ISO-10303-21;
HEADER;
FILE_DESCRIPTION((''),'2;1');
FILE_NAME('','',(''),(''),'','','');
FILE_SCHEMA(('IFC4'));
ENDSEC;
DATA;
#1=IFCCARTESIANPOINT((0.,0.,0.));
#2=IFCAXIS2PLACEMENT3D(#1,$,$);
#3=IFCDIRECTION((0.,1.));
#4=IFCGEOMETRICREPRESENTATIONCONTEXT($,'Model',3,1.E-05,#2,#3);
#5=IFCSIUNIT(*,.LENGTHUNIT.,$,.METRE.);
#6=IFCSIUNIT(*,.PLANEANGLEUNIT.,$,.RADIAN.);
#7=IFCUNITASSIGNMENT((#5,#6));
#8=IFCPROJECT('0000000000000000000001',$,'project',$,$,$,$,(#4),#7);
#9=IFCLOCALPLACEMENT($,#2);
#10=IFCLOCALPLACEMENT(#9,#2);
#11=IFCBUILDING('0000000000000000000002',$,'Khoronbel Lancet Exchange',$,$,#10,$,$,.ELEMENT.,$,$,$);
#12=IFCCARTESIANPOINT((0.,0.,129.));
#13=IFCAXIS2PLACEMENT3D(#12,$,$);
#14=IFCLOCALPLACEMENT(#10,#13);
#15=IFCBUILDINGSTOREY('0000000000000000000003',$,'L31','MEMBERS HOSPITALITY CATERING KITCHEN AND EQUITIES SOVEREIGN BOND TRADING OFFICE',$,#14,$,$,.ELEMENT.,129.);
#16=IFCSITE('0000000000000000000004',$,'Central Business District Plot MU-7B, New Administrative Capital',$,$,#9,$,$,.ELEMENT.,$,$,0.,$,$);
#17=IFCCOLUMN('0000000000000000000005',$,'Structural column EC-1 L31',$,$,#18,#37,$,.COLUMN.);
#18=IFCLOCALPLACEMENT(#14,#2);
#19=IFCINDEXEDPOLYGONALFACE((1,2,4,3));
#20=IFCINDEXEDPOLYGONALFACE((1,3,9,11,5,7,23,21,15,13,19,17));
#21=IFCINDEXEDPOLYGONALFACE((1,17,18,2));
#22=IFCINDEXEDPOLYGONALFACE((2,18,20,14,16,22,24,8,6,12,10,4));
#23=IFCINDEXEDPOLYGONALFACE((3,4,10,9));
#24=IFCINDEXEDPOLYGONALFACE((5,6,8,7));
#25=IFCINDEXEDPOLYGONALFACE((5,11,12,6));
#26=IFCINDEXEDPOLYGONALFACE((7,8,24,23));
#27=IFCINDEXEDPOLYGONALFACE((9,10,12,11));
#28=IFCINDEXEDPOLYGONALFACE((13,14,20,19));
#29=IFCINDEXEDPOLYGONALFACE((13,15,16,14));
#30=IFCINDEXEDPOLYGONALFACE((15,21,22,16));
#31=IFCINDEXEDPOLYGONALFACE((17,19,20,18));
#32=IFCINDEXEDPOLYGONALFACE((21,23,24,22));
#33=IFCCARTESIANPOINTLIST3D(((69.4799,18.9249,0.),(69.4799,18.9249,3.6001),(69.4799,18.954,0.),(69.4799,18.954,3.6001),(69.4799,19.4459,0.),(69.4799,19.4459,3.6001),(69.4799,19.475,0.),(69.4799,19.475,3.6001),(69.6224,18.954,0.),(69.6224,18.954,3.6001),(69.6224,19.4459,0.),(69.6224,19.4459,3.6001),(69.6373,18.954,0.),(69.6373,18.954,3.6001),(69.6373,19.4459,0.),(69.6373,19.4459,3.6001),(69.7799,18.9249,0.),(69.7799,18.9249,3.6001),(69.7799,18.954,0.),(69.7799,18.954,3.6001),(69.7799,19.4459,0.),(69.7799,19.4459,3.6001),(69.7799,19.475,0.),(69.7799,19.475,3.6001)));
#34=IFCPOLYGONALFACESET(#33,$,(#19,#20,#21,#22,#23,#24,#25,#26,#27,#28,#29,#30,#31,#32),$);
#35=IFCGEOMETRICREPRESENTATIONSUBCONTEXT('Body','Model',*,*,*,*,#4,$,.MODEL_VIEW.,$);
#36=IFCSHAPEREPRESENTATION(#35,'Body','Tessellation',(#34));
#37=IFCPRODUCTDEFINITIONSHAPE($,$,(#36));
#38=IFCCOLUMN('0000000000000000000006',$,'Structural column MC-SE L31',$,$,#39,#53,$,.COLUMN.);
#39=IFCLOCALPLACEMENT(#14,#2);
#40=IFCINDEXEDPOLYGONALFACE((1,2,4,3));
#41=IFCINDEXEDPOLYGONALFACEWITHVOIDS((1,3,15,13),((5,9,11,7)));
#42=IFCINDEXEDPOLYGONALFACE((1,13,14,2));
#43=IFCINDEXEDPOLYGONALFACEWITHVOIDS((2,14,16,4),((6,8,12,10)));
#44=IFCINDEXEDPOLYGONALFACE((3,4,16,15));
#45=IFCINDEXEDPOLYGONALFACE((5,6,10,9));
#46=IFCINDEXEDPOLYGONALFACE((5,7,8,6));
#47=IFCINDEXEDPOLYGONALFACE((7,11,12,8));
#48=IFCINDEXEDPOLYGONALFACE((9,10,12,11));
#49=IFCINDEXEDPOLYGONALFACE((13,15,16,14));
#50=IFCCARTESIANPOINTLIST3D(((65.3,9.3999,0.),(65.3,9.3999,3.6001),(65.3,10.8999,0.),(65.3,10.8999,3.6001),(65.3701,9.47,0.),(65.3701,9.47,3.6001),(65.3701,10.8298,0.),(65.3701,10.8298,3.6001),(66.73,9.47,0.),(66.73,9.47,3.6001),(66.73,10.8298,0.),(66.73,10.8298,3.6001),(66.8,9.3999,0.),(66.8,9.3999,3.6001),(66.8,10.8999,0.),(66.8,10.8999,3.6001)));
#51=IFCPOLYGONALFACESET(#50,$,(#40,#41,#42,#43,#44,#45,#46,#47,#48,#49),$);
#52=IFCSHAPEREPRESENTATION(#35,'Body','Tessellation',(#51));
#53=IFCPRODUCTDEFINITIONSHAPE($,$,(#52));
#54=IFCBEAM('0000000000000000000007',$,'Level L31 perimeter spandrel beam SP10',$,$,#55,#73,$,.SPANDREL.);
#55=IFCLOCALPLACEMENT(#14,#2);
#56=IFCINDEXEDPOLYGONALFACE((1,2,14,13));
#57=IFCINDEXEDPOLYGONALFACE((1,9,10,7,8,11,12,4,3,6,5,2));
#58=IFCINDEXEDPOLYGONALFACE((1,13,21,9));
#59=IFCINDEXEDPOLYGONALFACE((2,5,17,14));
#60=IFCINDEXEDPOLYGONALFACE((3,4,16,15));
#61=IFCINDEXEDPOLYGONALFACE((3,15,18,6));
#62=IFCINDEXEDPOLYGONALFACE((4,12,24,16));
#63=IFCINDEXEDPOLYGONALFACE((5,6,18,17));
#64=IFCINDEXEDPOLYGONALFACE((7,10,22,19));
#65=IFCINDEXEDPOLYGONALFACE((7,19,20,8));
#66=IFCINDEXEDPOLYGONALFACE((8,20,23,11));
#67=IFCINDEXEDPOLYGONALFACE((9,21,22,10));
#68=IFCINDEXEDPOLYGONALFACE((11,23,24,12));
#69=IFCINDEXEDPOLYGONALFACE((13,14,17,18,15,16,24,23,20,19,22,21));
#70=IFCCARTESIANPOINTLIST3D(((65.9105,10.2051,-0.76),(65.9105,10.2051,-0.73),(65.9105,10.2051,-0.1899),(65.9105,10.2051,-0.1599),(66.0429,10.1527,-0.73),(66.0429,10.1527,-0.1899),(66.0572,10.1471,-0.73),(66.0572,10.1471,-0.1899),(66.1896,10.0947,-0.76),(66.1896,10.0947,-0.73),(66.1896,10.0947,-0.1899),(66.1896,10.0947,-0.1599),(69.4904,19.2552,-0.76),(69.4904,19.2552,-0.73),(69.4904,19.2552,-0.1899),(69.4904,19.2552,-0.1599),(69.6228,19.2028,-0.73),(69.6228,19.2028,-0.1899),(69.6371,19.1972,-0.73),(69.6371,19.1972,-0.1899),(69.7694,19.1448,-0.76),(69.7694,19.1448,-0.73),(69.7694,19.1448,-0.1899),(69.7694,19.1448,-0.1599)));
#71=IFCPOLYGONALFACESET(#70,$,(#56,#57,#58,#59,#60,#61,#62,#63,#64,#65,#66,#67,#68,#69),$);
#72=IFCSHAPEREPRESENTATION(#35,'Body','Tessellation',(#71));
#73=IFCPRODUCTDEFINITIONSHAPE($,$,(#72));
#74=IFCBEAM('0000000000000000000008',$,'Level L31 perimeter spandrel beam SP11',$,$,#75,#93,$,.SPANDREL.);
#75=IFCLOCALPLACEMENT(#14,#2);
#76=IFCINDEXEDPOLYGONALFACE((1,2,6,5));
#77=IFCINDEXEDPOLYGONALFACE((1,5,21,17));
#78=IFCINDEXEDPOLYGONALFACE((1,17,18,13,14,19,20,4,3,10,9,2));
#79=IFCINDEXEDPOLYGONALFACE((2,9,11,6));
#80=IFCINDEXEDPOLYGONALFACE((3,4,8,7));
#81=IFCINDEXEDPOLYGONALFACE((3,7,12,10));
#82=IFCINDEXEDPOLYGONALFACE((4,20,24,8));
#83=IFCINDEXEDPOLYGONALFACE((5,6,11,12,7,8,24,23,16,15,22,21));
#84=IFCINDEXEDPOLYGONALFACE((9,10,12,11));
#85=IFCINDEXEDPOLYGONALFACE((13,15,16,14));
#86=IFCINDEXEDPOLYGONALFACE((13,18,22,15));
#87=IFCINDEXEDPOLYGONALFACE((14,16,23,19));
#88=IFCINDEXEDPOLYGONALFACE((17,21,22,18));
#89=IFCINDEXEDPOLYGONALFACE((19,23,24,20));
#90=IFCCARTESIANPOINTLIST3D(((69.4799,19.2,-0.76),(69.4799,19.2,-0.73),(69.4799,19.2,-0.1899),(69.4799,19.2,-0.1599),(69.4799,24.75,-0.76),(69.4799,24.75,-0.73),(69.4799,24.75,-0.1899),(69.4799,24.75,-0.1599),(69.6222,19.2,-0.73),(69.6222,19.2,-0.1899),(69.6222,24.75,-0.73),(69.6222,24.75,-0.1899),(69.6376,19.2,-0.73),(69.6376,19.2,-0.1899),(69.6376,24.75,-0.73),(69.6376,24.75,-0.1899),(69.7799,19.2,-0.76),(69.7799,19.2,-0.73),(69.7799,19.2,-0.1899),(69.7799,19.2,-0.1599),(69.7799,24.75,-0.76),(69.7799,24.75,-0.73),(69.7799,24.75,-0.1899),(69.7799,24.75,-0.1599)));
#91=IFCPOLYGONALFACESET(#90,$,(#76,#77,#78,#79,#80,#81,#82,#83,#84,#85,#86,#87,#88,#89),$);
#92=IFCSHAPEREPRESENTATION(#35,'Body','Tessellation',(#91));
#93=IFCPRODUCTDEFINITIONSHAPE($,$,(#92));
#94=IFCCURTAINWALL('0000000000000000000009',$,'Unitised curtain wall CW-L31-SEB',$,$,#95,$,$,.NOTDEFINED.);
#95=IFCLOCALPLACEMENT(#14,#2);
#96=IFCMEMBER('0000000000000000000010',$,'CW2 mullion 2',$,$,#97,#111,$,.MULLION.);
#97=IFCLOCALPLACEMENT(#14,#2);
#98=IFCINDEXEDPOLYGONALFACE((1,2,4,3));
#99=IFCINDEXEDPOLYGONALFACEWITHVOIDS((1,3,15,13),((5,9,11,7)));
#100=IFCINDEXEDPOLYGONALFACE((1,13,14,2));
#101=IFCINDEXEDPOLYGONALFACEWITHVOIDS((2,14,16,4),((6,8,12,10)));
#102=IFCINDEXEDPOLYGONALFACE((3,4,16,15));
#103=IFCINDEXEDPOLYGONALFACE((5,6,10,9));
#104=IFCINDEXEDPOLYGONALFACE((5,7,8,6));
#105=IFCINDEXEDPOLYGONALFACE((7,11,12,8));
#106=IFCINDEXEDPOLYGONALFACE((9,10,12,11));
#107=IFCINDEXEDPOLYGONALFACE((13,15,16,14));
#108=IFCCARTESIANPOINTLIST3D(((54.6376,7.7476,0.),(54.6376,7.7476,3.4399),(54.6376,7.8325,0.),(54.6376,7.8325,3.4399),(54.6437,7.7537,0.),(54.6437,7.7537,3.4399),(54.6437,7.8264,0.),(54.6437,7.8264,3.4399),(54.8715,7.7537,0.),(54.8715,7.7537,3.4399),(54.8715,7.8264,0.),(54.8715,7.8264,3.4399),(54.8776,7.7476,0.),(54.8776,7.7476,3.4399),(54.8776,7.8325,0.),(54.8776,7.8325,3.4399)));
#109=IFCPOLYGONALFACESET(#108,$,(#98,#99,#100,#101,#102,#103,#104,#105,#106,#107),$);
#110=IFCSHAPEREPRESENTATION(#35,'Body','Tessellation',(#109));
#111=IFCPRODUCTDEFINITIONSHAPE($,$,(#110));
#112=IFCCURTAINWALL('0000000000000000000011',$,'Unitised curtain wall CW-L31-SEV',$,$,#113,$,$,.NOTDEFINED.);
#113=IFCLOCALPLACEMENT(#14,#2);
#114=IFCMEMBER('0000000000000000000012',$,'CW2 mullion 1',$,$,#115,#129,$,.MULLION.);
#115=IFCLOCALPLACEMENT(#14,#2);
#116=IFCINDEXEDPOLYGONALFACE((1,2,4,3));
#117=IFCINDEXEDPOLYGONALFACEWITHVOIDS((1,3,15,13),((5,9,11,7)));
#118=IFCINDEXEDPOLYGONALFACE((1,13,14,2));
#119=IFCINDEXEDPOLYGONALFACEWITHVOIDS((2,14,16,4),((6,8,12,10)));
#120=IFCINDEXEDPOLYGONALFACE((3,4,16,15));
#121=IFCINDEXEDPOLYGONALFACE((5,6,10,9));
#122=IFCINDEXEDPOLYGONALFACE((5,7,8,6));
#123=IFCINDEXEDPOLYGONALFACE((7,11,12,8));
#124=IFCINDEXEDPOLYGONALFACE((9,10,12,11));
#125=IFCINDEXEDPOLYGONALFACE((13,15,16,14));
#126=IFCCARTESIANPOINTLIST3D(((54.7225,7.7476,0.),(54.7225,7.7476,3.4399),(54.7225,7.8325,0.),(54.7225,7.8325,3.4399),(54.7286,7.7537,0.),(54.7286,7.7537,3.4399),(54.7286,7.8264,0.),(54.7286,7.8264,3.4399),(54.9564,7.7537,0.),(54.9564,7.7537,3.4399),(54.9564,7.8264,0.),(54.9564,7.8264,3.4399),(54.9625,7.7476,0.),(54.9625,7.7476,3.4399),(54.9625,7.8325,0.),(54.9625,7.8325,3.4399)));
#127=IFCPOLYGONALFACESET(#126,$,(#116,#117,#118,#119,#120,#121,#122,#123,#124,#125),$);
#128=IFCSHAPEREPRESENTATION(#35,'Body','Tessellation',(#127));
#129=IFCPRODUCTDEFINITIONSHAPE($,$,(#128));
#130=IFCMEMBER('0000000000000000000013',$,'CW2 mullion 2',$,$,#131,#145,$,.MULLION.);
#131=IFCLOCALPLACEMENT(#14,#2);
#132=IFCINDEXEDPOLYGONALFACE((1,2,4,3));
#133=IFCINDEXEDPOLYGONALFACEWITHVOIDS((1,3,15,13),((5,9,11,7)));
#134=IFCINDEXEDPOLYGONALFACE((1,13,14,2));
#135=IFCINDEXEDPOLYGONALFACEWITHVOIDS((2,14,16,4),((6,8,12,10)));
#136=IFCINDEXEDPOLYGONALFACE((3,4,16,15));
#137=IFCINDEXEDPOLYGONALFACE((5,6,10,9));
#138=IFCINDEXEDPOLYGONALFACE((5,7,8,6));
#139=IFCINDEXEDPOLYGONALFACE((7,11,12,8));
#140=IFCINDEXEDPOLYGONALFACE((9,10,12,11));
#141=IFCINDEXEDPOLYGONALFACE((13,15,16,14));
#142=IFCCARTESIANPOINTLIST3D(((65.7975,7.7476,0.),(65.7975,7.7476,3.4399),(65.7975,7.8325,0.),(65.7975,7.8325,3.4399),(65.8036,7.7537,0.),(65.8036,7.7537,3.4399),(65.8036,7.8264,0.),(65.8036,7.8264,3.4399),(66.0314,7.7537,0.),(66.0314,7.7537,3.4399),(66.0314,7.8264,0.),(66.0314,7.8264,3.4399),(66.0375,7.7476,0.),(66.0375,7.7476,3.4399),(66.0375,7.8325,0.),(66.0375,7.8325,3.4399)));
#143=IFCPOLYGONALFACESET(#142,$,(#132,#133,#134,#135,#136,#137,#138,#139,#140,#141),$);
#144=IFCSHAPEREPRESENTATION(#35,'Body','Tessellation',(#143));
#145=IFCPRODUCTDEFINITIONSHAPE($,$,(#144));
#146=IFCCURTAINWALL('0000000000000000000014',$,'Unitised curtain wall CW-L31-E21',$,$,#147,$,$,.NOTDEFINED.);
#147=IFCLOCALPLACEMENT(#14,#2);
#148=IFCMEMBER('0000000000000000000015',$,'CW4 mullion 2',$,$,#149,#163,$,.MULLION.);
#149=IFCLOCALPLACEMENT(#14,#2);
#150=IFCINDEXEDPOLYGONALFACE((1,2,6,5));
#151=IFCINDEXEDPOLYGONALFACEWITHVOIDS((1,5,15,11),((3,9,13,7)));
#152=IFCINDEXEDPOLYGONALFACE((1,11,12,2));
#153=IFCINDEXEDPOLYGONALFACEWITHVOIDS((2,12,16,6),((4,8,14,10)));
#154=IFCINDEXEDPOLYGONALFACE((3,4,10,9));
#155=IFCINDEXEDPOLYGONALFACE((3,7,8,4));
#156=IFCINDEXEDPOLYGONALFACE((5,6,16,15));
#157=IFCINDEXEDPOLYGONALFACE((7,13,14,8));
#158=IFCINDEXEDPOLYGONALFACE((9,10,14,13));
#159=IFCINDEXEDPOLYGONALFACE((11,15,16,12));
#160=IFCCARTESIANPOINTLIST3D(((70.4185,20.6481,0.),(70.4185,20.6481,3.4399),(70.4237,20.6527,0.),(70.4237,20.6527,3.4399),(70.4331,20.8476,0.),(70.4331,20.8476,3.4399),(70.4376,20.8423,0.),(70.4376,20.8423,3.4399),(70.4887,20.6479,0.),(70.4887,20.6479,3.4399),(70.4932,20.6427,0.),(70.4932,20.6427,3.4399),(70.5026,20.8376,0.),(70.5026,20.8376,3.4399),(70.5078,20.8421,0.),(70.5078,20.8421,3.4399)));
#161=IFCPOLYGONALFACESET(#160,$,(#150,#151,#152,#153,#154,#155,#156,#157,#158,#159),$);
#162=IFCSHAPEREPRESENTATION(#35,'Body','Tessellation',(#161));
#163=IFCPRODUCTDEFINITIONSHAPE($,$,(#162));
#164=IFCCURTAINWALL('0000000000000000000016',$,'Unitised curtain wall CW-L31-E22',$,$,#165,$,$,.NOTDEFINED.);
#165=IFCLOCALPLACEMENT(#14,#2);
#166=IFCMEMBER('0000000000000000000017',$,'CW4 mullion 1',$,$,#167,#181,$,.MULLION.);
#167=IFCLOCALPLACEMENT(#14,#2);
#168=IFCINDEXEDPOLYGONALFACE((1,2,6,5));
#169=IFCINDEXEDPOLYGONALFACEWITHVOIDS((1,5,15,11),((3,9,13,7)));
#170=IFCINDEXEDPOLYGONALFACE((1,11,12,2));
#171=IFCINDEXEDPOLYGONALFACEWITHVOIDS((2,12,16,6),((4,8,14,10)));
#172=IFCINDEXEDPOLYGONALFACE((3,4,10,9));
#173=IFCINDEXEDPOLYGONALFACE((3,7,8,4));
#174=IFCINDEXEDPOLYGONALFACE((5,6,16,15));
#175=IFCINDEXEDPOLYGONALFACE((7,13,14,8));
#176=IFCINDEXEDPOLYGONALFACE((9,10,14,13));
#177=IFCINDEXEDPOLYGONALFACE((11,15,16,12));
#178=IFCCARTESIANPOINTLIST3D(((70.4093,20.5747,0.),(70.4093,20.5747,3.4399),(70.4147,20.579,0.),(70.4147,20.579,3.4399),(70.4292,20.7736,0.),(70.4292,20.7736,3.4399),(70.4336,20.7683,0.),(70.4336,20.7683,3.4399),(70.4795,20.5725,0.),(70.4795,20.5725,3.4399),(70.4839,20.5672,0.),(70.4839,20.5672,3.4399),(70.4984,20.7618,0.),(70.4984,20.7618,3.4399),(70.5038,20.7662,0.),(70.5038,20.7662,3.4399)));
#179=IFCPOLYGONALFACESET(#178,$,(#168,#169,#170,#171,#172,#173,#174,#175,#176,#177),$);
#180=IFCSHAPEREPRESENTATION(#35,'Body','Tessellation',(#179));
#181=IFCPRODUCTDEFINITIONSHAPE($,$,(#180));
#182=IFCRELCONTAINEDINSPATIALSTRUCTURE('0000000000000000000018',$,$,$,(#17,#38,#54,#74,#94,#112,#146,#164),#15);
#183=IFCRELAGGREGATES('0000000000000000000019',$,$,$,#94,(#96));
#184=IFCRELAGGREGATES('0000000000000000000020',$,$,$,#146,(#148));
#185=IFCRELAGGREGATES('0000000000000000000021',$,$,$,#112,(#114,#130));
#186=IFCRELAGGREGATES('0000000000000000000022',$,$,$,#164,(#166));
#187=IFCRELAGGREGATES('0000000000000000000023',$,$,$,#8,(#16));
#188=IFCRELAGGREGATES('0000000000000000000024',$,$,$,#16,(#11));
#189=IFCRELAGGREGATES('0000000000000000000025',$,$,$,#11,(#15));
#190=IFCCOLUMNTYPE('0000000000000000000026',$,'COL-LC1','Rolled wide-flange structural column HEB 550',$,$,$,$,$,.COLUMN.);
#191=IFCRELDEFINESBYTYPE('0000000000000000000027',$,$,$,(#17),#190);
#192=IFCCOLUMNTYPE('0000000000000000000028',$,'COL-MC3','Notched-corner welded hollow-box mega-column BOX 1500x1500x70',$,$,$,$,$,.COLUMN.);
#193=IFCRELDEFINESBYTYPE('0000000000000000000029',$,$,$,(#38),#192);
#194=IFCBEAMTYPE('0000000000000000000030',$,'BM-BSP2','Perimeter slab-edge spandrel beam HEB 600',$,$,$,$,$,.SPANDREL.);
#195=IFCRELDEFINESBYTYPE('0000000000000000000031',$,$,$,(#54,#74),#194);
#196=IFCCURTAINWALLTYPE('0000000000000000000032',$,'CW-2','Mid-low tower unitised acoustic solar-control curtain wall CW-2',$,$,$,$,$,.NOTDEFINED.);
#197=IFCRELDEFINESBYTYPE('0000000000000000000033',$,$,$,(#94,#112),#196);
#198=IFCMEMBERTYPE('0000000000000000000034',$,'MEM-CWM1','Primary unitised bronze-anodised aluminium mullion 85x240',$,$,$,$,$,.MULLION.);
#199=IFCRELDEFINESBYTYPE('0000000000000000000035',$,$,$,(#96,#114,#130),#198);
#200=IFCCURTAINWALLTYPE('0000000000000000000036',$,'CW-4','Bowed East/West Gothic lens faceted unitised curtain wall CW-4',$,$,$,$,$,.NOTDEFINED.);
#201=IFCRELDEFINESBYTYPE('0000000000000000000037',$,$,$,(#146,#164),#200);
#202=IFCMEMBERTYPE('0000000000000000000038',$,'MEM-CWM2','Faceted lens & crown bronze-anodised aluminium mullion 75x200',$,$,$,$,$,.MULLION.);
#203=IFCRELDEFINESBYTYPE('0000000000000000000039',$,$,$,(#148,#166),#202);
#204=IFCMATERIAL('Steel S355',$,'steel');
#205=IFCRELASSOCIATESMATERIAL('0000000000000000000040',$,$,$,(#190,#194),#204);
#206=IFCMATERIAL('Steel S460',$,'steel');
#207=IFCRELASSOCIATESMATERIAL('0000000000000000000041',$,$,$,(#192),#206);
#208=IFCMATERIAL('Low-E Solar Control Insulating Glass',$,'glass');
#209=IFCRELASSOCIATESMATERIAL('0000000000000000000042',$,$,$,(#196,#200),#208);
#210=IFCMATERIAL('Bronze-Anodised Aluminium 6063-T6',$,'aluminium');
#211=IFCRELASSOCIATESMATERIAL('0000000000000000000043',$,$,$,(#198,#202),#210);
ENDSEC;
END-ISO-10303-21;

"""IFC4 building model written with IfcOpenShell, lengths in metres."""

from ifc_helpers import new_model, si_unit, direction, frame, origin, origin_2d, place, context, subcontext, project, spatial, hollow_rectangle, i_section, extrude, material, material_profile, profile_set, type_object, element, aggregate, save


model = new_model("IFC4")

# Units and contexts
model_context = context("Model", 3, precision=1e-05, world=origin(), true_north=direction((0.0, 1.0)))
body_context = subcontext(model_context, "Body", "Model", "MODEL_VIEW")
ifc_project = project(units=[si_unit("LENGTHUNIT", "METRE"), si_unit("PLANEANGLEUNIT", "RADIAN")], contexts=[model_context])

# Site, building, storey
site_placement = place(None, origin())
site = spatial("IfcSite", under=ifc_project, at=site_placement, Name="Central Business District Plot MU-7B, New Administrative Capital", CompositionType="ELEMENT", RefElevation=0.0)
building_placement = place(site_placement, origin())
building = spatial("IfcBuilding", under=site, at=building_placement, Name="Khoronbel Lancet Exchange", CompositionType="ELEMENT")
storey_placement = place(building_placement, frame((0.0, 0.0, 129.0)))
storey = spatial("IfcBuildingStorey", under=building, at=storey_placement, Name="L31", Description="MEMBERS HOSPITALITY CATERING KITCHEN AND EQUITIES SOVEREIGN BOND TRADING OFFICE", CompositionType="ELEMENT", Elevation=129.0)

# Columns
ifc_material_1 = material(Name="Steel S355", Category="steel")
ifc_material_profile_1 = material_profile(ifc_material_1, i_section(OverallWidth=0.3, OverallDepth=0.55, WebThickness=0.0149, FlangeThickness=0.0291, at=origin_2d()), Name="HEB 550")
ifc_profile_set_1 = profile_set([ifc_material_profile_1], Name="Steel S355")
column_type_1 = type_object("IfcColumnType", Name="COL-LC1", Description="Rolled wide-flange structural column HEB 550", PredefinedType="COLUMN", material=ifc_profile_set_1)
column_1_placement = place(storey_placement, frame((69.6299, 19.2, 0.0), z_axis=(0.0, 0.0, 1.0), x_axis=(1.0, 0.0, 0.0)))
element("IfcColumn", 1, at=column_1_placement, inside=storey, type_object=column_type_1, Name="Structural column EC-1 L31", PredefinedType="COLUMN", context=body_context, shape_type="SweptSolid", body=[
    extrude(i_section(OverallWidth=0.3, OverallDepth=0.55, WebThickness=0.0149, FlangeThickness=0.0291, at=origin_2d()), origin(), (0.0, 0.0, 1.0), 3.6001),
])
ifc_material_2 = material(Name="Steel S460", Category="steel")
ifc_material_profile_2 = material_profile(ifc_material_2, hollow_rectangle(XDim=1.5, YDim=1.5, WallThickness=0.0701, at=origin_2d()), Name="BOX 1500x1500x70")
ifc_profile_set_2 = profile_set([ifc_material_profile_2], Name="Steel S460")
column_type_2 = type_object("IfcColumnType", Name="COL-MC3", Description="Notched-corner welded hollow-box mega-column BOX 1500x1500x70", PredefinedType="COLUMN", material=ifc_profile_set_2)
column_2_placement = place(storey_placement, frame((66.05, 10.1499, 0.0), z_axis=(0.0, 0.0, 1.0), x_axis=(1.0, 0.0, 0.0)))
element("IfcColumn", 2, at=column_2_placement, inside=storey, type_object=column_type_2, Name="Structural column MC-SE L31", PredefinedType="COLUMN", context=body_context, shape_type="SweptSolid", body=[
    extrude(hollow_rectangle(XDim=1.5, YDim=1.5, WallThickness=0.0701, at=origin_2d()), origin(), (0.0, 0.0, 1.0), 3.6001),
])

# Beams
ifc_material_profile_3 = material_profile(ifc_material_1, i_section(OverallWidth=0.3, OverallDepth=0.6001, WebThickness=0.0154, FlangeThickness=0.03, at=origin_2d()), Name="HEB 600")
ifc_profile_set_3 = profile_set([ifc_material_profile_3], Name="Steel S355")
beam_type = type_object("IfcBeamType", Name="BM-BSP2", Description="Perimeter slab-edge spandrel beam HEB 600", PredefinedType="SPANDREL", material=ifc_profile_set_3)
beam_1_placement = place(storey_placement, frame((66.05, 10.1499, -0.46), z_axis=(0.367828, 0.929894, 0.0), x_axis=(-0.929894, 0.367828, 0.0)))
element("IfcBeam", 3, at=beam_1_placement, inside=storey, type_object=beam_type, Name="Level L31 perimeter spandrel beam SP10", PredefinedType="SPANDREL", context=body_context, shape_type="SweptSolid", body=[
    extrude(i_section(OverallWidth=0.3, OverallDepth=0.6001, WebThickness=0.0154, FlangeThickness=0.03, at=origin_2d()), origin(), (0.0, 0.0, 1.0), 9.7324),
])
beam_2_placement = place(storey_placement, frame((69.6299, 19.2, -0.46), z_axis=(0.0, 1.0, 0.0), x_axis=(-1.0, 0.0, 0.0)))
element("IfcBeam", 4, at=beam_2_placement, inside=storey, type_object=beam_type, Name="Level L31 perimeter spandrel beam SP11", PredefinedType="SPANDREL", context=body_context, shape_type="SweptSolid", body=[
    extrude(i_section(OverallWidth=0.3, OverallDepth=0.6001, WebThickness=0.0154, FlangeThickness=0.03, at=origin_2d()), origin(), (0.0, 0.0, 1.0), 5.55),
])

# Curtain wall, member
ifc_material_3 = material(Name="Low-E Solar Control Insulating Glass", Category="glass")
curtain_wall_type_1 = type_object("IfcCurtainWallType", Name="CW-2", Description="Mid-low tower unitised acoustic solar-control curtain wall CW-2", PredefinedType="NOTDEFINED", material=ifc_material_3)
curtain_wall_1_placement = place(storey_placement, origin())
curtain_wall_1 = element("IfcCurtainWall", 5, at=curtain_wall_1_placement, inside=storey, type_object=curtain_wall_type_1, Name="Unitised curtain wall CW-L31-SEB", PredefinedType="NOTDEFINED")
ifc_material_4 = material(Name="Bronze-Anodised Aluminium 6063-T6", Category="aluminium")
ifc_material_profile_4 = material_profile(ifc_material_4, hollow_rectangle(XDim=0.085, YDim=0.24, WallThickness=0.0061, at=origin_2d()), Name="ALU MULLION 85x240")
ifc_profile_set_4 = profile_set([ifc_material_profile_4], Name="Bronze-Anodised Aluminium 6063-T6")
member_type_1 = type_object("IfcMemberType", Name="MEM-CWM1", Description="Primary unitised bronze-anodised aluminium mullion 85x240", PredefinedType="MULLION", material=ifc_profile_set_4)
member_1_placement = place(storey_placement, frame((54.7576, 7.79, 0.0), z_axis=(0.0, 0.0, 1.0), x_axis=(0.0, 1.0, 0.0)))
member_1 = element("IfcMember", 6, at=member_1_placement, type_object=member_type_1, Name="CW2 mullion 2", PredefinedType="MULLION", context=body_context, shape_type="SweptSolid", body=[
    extrude(hollow_rectangle(XDim=0.085, YDim=0.24, WallThickness=0.0061, at=origin_2d()), origin(), (0.0, 0.0, 1.0), 3.4399),
])
aggregate(curtain_wall_1, [member_1])

# Curtain wall, members
curtain_wall_2_placement = place(storey_placement, origin())
curtain_wall_2 = element("IfcCurtainWall", 7, at=curtain_wall_2_placement, inside=storey, type_object=curtain_wall_type_1, Name="Unitised curtain wall CW-L31-SEV", PredefinedType="NOTDEFINED")
member_2_placement = place(storey_placement, frame((54.8425, 7.79, 0.0), z_axis=(0.0, 0.0, 1.0), x_axis=(0.0, 1.0, 0.0)))
member_2 = element("IfcMember", 8, at=member_2_placement, type_object=member_type_1, Name="CW2 mullion 1", PredefinedType="MULLION", context=body_context, shape_type="SweptSolid", body=[
    extrude(hollow_rectangle(XDim=0.085, YDim=0.24, WallThickness=0.0061, at=origin_2d()), origin(), (0.0, 0.0, 1.0), 3.4399),
])
member_3_placement = place(storey_placement, frame((65.9175, 7.79, 0.0), z_axis=(0.0, 0.0, 1.0), x_axis=(0.0, 1.0, 0.0)))
member_3 = element("IfcMember", 9, at=member_3_placement, type_object=member_type_1, Name="CW2 mullion 2", PredefinedType="MULLION", context=body_context, shape_type="SweptSolid", body=[
    extrude(hollow_rectangle(XDim=0.085, YDim=0.24, WallThickness=0.0061, at=origin_2d()), origin(), (0.0, 0.0, 1.0), 3.4399),
])

# Curtain wall, member
curtain_wall_type_2 = type_object("IfcCurtainWallType", Name="CW-4", Description="Bowed East/West Gothic lens faceted unitised curtain wall CW-4", PredefinedType="NOTDEFINED", material=ifc_material_3)
curtain_wall_3_placement = place(storey_placement, origin())
curtain_wall_3 = element("IfcCurtainWall", 10, at=curtain_wall_3_placement, inside=storey, type_object=curtain_wall_type_2, Name="Unitised curtain wall CW-L31-E21", PredefinedType="NOTDEFINED")
ifc_material_profile_5 = material_profile(ifc_material_4, hollow_rectangle(XDim=0.075, YDim=0.2, WallThickness=0.0049, at=origin_2d()), Name="ALU MULLION 75x200")
ifc_profile_set_5 = profile_set([ifc_material_profile_5], Name="Bronze-Anodised Aluminium 6063-T6")
member_type_2 = type_object("IfcMemberType", Name="MEM-CWM2", Description="Faceted lens & crown bronze-anodised aluminium mullion 75x200", PredefinedType="MULLION", material=ifc_profile_set_5)
member_4_placement = place(storey_placement, frame((70.4631, 20.7451, 0.0), z_axis=(0.0, 0.0, 1.0), x_axis=(0.997331, -0.073013, 0.0)))
member_4 = element("IfcMember", 11, at=member_4_placement, type_object=member_type_2, Name="CW4 mullion 2", PredefinedType="MULLION", context=body_context, shape_type="SweptSolid", body=[
    extrude(hollow_rectangle(XDim=0.075, YDim=0.2, WallThickness=0.0049, at=origin_2d()), origin(), (0.0, 0.0, 1.0), 3.4399),
])

# Curtain wall, member
curtain_wall_4_placement = place(storey_placement, origin())
curtain_wall_4 = element("IfcCurtainWall", 12, at=curtain_wall_4_placement, inside=storey, type_object=curtain_wall_type_2, Name="Unitised curtain wall CW-L31-E22", PredefinedType="NOTDEFINED")
member_5_placement = place(storey_placement, frame((70.4565, 20.6704, 0.0), z_axis=(0.0, 0.0, 1.0), x_axis=(0.995038, -0.099498, 0.0)))
member_5 = element("IfcMember", 13, at=member_5_placement, type_object=member_type_2, Name="CW4 mullion 1", PredefinedType="MULLION", context=body_context, shape_type="SweptSolid", body=[
    extrude(hollow_rectangle(XDim=0.075, YDim=0.2, WallThickness=0.0049, at=origin_2d()), origin(), (0.0, 0.0, 1.0), 3.4399),
])

aggregate(curtain_wall_3, [member_4])
aggregate(curtain_wall_2, [member_2, member_3])
aggregate(curtain_wall_4, [member_5])

save(model, "model.ifc")
